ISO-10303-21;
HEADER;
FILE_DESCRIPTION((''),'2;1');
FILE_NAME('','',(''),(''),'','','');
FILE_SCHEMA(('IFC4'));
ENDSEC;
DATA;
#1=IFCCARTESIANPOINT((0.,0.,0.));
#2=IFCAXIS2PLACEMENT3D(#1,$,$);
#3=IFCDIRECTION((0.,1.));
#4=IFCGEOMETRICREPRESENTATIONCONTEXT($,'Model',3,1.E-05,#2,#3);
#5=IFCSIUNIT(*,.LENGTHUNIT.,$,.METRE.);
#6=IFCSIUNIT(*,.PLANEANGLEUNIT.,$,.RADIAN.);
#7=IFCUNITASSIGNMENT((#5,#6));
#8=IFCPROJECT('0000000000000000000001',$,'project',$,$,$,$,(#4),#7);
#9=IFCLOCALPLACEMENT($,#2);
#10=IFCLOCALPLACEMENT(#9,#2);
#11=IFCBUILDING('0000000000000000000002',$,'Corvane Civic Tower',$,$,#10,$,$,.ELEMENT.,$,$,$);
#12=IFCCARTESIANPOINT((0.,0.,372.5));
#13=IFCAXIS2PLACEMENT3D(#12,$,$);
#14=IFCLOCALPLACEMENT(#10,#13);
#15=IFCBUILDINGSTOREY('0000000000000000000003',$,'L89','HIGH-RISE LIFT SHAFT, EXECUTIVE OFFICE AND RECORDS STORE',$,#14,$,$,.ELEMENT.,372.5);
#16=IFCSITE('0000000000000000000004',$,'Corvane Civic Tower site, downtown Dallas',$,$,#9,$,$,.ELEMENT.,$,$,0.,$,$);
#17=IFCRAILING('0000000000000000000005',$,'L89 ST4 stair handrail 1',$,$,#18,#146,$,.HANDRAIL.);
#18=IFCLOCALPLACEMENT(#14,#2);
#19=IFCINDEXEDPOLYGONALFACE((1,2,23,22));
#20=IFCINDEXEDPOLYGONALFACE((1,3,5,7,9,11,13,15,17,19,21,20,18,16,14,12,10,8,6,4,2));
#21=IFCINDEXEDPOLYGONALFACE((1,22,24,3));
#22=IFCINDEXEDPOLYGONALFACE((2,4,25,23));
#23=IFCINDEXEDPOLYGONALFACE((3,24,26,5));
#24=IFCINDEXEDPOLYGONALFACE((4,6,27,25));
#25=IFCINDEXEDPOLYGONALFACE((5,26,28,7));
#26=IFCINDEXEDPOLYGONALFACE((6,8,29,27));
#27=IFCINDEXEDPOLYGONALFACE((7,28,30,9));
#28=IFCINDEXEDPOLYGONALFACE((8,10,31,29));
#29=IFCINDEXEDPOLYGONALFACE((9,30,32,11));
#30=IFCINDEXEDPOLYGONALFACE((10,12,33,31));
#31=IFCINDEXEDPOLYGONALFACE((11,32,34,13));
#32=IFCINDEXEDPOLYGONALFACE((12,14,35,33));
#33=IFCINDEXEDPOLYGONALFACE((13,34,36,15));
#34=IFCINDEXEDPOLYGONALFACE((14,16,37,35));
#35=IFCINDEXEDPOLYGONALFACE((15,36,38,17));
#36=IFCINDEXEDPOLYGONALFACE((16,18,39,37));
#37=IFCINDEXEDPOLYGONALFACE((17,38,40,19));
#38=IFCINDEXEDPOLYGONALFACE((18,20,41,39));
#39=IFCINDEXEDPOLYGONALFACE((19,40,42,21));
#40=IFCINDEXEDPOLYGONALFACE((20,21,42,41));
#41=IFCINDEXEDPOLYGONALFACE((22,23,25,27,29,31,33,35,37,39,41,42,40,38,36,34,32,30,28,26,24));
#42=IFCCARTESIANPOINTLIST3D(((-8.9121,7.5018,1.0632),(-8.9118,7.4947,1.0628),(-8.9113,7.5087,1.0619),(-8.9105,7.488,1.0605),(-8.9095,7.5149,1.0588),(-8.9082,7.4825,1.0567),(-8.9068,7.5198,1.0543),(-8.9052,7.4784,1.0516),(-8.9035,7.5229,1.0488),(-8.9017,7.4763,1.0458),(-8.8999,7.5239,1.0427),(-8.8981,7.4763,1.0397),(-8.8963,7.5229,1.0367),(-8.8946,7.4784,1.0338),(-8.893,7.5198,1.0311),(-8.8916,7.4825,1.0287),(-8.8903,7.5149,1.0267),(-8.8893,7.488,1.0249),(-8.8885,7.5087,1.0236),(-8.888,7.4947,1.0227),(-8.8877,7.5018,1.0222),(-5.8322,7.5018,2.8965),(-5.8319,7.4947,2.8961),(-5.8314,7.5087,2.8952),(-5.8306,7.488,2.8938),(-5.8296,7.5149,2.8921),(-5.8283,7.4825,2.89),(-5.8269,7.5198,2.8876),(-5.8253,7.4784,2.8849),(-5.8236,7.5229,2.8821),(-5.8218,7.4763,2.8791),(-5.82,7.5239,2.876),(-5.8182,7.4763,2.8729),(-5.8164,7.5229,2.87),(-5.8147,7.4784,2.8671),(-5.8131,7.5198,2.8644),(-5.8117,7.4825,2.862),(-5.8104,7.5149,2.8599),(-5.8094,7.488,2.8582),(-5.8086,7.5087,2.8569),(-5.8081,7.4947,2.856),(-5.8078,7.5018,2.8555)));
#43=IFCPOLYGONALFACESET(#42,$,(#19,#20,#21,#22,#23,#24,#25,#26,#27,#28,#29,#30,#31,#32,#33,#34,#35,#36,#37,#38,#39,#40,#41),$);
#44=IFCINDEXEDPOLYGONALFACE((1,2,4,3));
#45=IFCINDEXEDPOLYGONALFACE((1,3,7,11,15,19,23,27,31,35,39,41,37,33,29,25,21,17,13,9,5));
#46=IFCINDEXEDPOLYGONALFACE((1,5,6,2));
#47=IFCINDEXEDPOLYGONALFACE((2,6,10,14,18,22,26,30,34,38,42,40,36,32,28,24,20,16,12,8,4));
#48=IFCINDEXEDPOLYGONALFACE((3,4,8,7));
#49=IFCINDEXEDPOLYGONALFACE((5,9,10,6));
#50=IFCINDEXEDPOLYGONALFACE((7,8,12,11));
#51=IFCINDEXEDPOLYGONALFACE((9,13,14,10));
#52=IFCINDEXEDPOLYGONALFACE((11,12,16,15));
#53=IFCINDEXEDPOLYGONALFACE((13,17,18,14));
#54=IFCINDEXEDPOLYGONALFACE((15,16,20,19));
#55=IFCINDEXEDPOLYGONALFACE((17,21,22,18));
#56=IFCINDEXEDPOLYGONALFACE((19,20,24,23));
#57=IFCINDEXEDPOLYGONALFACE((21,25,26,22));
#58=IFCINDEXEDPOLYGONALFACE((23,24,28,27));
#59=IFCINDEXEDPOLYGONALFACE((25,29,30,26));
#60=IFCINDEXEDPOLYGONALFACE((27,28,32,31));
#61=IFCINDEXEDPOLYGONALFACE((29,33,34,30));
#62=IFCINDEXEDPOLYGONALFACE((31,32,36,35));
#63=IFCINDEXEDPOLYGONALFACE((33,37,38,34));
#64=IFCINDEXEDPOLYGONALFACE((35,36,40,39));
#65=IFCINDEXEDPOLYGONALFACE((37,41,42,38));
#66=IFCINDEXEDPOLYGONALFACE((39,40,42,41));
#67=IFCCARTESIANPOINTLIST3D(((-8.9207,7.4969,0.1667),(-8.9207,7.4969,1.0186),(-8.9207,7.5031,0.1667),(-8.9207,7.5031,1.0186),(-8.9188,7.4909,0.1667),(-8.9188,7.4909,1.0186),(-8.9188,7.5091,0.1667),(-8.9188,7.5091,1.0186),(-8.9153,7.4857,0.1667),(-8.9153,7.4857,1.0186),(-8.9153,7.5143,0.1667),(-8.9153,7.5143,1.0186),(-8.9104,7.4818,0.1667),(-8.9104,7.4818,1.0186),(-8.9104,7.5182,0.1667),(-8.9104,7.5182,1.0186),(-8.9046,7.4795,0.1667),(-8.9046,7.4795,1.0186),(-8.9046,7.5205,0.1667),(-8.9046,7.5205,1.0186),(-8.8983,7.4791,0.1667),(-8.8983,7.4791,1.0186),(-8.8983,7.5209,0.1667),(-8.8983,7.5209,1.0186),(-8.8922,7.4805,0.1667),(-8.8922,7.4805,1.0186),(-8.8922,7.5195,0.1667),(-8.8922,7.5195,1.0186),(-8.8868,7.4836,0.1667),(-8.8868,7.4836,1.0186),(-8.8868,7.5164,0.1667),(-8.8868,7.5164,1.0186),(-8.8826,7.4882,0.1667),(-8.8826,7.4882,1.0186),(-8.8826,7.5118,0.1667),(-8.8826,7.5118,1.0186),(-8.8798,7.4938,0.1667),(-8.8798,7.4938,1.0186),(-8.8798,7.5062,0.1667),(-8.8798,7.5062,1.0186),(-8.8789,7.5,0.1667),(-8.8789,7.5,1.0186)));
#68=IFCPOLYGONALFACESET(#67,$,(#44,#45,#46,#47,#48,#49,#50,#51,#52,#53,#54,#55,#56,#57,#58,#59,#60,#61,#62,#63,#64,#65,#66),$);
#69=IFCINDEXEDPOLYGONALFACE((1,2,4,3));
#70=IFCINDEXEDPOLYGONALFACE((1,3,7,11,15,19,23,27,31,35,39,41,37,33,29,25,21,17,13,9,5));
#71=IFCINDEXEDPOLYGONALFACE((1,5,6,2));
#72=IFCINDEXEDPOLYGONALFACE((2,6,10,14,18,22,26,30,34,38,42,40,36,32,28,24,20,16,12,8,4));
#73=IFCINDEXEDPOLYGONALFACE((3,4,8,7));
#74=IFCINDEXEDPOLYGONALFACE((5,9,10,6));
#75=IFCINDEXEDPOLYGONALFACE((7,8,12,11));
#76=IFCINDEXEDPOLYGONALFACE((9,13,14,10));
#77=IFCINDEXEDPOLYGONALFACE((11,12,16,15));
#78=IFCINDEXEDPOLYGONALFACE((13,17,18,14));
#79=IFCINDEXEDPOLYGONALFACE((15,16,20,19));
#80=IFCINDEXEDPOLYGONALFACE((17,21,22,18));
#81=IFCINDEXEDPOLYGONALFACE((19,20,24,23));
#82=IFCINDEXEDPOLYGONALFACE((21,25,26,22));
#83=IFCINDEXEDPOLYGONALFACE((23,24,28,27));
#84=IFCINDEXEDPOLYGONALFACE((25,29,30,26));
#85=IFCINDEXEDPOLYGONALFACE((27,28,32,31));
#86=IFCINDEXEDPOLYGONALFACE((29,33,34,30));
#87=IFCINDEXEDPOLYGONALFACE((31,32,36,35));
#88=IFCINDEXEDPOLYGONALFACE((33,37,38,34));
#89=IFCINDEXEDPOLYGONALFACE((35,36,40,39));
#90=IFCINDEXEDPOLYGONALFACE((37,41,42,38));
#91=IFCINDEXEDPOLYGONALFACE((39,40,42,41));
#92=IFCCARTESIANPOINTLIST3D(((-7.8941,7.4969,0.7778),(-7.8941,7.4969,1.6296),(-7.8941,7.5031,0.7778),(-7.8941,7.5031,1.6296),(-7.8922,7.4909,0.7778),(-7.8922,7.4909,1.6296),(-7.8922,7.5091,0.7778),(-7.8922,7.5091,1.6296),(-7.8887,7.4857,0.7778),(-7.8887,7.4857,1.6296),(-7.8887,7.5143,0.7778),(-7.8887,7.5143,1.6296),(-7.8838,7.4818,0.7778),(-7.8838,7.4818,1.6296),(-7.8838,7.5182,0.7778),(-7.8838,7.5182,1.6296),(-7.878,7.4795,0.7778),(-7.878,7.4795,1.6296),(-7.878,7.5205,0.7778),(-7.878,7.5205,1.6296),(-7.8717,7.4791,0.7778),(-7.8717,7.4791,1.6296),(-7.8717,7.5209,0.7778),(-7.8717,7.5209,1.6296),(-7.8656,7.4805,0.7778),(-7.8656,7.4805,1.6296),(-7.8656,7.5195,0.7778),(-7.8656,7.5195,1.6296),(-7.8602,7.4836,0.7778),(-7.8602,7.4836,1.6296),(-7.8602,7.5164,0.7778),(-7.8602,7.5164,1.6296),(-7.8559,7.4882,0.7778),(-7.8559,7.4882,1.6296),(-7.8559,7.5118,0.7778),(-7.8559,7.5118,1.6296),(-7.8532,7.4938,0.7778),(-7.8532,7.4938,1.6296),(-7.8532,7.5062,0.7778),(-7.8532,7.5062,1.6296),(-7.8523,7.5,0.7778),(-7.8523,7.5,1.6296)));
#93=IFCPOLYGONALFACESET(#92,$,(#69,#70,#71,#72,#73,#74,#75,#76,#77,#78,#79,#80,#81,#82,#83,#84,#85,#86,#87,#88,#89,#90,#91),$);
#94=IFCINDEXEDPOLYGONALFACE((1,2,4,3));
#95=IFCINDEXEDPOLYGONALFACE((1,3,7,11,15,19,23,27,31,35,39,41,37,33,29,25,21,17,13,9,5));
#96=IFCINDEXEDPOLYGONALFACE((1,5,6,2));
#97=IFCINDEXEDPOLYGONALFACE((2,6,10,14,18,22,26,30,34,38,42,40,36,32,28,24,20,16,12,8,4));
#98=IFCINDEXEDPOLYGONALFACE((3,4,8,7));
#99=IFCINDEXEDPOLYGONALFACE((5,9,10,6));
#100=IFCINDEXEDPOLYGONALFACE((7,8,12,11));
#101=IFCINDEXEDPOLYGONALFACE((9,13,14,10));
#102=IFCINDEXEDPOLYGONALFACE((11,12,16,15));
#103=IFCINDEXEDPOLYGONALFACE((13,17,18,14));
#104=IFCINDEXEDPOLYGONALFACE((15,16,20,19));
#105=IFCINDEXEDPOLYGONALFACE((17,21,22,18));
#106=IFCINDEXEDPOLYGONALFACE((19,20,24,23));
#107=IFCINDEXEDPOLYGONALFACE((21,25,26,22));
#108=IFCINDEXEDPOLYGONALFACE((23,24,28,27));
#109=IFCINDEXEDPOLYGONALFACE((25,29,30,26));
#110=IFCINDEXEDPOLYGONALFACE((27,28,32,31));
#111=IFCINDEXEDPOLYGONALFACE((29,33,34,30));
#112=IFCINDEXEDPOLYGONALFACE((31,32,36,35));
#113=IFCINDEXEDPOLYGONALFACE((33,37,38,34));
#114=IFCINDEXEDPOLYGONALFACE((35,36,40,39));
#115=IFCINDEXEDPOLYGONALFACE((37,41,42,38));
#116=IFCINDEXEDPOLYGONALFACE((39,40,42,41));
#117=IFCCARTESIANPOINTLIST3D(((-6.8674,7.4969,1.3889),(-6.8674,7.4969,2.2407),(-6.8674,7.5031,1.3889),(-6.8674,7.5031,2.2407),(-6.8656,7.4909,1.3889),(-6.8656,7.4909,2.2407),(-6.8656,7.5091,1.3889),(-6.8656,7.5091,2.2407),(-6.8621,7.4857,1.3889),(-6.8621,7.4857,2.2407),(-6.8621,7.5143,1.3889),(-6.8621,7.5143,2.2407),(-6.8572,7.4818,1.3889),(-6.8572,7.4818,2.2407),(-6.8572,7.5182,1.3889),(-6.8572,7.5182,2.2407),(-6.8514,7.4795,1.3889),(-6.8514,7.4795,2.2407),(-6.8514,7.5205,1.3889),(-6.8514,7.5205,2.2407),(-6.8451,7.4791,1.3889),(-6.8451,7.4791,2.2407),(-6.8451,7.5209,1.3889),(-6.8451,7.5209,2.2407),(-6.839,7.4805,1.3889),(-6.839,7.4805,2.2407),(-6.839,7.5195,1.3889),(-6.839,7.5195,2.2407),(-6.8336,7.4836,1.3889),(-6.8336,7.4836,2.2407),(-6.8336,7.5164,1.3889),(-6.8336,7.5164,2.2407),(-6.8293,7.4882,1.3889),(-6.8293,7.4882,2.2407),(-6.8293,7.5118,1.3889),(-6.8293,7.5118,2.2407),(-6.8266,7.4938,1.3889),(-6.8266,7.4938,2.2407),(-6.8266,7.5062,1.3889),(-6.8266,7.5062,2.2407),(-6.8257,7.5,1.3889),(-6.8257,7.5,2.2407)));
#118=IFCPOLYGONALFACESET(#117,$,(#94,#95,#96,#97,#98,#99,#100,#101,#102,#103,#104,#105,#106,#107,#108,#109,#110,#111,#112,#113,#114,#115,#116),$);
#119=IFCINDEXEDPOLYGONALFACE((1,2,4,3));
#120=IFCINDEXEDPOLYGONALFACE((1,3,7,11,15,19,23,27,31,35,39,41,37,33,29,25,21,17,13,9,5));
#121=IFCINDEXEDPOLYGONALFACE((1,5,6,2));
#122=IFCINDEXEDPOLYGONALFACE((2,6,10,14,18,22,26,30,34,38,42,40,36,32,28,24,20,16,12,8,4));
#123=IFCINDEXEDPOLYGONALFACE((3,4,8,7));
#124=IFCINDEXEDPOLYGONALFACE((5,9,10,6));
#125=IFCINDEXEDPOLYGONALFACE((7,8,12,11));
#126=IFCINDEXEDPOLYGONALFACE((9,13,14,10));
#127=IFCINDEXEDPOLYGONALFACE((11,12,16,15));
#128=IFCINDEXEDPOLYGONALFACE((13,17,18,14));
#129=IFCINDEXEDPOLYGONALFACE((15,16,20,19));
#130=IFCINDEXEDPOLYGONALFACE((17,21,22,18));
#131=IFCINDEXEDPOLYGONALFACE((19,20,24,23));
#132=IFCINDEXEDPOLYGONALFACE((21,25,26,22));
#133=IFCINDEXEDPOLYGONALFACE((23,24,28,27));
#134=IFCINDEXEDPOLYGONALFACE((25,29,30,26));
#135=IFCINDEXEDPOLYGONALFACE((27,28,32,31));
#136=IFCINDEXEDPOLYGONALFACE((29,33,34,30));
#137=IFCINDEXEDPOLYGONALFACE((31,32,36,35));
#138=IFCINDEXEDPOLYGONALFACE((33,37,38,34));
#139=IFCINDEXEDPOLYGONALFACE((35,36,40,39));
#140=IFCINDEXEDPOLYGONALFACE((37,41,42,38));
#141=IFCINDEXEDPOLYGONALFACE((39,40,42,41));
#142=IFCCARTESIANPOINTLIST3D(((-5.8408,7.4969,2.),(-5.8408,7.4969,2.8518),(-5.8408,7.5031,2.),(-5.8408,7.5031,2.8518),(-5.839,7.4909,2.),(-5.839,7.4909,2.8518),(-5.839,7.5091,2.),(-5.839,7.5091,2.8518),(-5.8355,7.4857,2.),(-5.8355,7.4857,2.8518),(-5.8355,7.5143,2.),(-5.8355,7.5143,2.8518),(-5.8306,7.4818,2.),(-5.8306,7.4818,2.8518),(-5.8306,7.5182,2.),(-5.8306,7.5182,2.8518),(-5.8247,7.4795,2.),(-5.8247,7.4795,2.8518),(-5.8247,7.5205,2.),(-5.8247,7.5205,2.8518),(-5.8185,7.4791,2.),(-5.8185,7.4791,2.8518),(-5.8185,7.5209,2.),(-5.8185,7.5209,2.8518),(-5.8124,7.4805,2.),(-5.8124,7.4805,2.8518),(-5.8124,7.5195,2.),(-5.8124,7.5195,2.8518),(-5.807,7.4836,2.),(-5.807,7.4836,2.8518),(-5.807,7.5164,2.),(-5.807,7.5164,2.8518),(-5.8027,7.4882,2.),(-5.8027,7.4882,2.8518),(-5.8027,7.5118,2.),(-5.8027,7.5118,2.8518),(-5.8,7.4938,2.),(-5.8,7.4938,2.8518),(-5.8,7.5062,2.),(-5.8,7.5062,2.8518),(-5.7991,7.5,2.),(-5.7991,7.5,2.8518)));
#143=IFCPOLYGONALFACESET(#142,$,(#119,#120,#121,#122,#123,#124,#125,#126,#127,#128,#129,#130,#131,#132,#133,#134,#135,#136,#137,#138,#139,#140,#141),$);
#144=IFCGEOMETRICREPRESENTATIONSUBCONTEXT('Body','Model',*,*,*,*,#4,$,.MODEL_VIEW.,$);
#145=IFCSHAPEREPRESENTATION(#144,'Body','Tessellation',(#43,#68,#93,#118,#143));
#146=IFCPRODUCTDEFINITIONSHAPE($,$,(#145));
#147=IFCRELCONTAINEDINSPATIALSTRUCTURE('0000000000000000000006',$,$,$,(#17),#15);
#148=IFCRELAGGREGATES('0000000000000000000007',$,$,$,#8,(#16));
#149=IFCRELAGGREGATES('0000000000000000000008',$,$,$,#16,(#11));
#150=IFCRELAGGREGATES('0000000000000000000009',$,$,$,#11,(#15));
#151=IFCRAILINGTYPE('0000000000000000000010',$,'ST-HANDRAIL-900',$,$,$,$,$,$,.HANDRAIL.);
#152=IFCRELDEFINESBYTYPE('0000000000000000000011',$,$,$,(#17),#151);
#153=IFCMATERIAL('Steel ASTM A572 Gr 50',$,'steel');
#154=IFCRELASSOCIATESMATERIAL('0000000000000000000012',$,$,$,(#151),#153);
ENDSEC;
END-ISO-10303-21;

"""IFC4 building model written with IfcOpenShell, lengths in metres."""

from ifc_helpers import new_model, si_unit, direction, frame, origin, origin_2d, place, context, subcontext, project, spatial, circle, extrude, material, type_object, element, save


model = new_model("IFC4")

# Units and contexts
model_context = context("Model", 3, precision=1e-05, world=origin(), true_north=direction((0.0, 1.0)))
body_context = subcontext(model_context, "Body", "Model", "MODEL_VIEW")
ifc_project = project(units=[si_unit("LENGTHUNIT", "METRE"), si_unit("PLANEANGLEUNIT", "RADIAN")], contexts=[model_context])

# Site, building, storey
site_placement = place(None, origin())
site = spatial("IfcSite", under=ifc_project, at=site_placement, Name="Corvane Civic Tower site, downtown Dallas", CompositionType="ELEMENT", RefElevation=0.0)
building_placement = place(site_placement, origin())
building = spatial("IfcBuilding", under=site, at=building_placement, Name="Corvane Civic Tower", CompositionType="ELEMENT")
storey_placement = place(building_placement, frame((0.0, 0.0, 372.5)))
storey = spatial("IfcBuildingStorey", under=building, at=storey_placement, Name="L89", Description="HIGH-RISE LIFT SHAFT, EXECUTIVE OFFICE AND RECORDS STORE", CompositionType="ELEMENT", Elevation=372.5)

# Railing
ifc_material_1 = material(Name="Steel ASTM A572 Gr 50", Category="steel")
railing_type_1 = type_object("IfcRailingType", Name="ST-HANDRAIL-900", PredefinedType="HANDRAIL", material=ifc_material_1)
railing_1_placement = place(storey_placement, frame((-8.8999, 7.5, 0.1667)))
element("IfcRailing", 1, at=railing_1_placement, inside=storey, type_object=railing_type_1, Name="L89 ST4 stair handrail 1", PredefinedType="HANDRAIL", context=body_context, shape_type="SweptSolid", body=[
    extrude(circle(Radius=0.0239, at=origin_2d()), frame((0.0, 0.0, 0.876), z_axis=(0.859291, 0.0, 0.511487), x_axis=(0.0, 1.0, 0.0)), (0.0, 0.0, 1.0), 3.5842),
    extrude(circle(Radius=0.021, at=origin_2d()), origin(), (0.0, 0.0, 1.0), 0.8518),
    extrude(circle(Radius=0.021, at=origin_2d()), frame((1.0266, 0.0, 0.6111)), (0.0, 0.0, 1.0), 0.8518),
    extrude(circle(Radius=0.021, at=origin_2d()), frame((2.0532, 0.0, 1.2222)), (0.0, 0.0, 1.0), 0.8518),
    extrude(circle(Radius=0.021, at=origin_2d()), frame((3.0798, 0.0, 1.8333)), (0.0, 0.0, 1.0), 0.8518),
])

save(model, "model.ifc")
